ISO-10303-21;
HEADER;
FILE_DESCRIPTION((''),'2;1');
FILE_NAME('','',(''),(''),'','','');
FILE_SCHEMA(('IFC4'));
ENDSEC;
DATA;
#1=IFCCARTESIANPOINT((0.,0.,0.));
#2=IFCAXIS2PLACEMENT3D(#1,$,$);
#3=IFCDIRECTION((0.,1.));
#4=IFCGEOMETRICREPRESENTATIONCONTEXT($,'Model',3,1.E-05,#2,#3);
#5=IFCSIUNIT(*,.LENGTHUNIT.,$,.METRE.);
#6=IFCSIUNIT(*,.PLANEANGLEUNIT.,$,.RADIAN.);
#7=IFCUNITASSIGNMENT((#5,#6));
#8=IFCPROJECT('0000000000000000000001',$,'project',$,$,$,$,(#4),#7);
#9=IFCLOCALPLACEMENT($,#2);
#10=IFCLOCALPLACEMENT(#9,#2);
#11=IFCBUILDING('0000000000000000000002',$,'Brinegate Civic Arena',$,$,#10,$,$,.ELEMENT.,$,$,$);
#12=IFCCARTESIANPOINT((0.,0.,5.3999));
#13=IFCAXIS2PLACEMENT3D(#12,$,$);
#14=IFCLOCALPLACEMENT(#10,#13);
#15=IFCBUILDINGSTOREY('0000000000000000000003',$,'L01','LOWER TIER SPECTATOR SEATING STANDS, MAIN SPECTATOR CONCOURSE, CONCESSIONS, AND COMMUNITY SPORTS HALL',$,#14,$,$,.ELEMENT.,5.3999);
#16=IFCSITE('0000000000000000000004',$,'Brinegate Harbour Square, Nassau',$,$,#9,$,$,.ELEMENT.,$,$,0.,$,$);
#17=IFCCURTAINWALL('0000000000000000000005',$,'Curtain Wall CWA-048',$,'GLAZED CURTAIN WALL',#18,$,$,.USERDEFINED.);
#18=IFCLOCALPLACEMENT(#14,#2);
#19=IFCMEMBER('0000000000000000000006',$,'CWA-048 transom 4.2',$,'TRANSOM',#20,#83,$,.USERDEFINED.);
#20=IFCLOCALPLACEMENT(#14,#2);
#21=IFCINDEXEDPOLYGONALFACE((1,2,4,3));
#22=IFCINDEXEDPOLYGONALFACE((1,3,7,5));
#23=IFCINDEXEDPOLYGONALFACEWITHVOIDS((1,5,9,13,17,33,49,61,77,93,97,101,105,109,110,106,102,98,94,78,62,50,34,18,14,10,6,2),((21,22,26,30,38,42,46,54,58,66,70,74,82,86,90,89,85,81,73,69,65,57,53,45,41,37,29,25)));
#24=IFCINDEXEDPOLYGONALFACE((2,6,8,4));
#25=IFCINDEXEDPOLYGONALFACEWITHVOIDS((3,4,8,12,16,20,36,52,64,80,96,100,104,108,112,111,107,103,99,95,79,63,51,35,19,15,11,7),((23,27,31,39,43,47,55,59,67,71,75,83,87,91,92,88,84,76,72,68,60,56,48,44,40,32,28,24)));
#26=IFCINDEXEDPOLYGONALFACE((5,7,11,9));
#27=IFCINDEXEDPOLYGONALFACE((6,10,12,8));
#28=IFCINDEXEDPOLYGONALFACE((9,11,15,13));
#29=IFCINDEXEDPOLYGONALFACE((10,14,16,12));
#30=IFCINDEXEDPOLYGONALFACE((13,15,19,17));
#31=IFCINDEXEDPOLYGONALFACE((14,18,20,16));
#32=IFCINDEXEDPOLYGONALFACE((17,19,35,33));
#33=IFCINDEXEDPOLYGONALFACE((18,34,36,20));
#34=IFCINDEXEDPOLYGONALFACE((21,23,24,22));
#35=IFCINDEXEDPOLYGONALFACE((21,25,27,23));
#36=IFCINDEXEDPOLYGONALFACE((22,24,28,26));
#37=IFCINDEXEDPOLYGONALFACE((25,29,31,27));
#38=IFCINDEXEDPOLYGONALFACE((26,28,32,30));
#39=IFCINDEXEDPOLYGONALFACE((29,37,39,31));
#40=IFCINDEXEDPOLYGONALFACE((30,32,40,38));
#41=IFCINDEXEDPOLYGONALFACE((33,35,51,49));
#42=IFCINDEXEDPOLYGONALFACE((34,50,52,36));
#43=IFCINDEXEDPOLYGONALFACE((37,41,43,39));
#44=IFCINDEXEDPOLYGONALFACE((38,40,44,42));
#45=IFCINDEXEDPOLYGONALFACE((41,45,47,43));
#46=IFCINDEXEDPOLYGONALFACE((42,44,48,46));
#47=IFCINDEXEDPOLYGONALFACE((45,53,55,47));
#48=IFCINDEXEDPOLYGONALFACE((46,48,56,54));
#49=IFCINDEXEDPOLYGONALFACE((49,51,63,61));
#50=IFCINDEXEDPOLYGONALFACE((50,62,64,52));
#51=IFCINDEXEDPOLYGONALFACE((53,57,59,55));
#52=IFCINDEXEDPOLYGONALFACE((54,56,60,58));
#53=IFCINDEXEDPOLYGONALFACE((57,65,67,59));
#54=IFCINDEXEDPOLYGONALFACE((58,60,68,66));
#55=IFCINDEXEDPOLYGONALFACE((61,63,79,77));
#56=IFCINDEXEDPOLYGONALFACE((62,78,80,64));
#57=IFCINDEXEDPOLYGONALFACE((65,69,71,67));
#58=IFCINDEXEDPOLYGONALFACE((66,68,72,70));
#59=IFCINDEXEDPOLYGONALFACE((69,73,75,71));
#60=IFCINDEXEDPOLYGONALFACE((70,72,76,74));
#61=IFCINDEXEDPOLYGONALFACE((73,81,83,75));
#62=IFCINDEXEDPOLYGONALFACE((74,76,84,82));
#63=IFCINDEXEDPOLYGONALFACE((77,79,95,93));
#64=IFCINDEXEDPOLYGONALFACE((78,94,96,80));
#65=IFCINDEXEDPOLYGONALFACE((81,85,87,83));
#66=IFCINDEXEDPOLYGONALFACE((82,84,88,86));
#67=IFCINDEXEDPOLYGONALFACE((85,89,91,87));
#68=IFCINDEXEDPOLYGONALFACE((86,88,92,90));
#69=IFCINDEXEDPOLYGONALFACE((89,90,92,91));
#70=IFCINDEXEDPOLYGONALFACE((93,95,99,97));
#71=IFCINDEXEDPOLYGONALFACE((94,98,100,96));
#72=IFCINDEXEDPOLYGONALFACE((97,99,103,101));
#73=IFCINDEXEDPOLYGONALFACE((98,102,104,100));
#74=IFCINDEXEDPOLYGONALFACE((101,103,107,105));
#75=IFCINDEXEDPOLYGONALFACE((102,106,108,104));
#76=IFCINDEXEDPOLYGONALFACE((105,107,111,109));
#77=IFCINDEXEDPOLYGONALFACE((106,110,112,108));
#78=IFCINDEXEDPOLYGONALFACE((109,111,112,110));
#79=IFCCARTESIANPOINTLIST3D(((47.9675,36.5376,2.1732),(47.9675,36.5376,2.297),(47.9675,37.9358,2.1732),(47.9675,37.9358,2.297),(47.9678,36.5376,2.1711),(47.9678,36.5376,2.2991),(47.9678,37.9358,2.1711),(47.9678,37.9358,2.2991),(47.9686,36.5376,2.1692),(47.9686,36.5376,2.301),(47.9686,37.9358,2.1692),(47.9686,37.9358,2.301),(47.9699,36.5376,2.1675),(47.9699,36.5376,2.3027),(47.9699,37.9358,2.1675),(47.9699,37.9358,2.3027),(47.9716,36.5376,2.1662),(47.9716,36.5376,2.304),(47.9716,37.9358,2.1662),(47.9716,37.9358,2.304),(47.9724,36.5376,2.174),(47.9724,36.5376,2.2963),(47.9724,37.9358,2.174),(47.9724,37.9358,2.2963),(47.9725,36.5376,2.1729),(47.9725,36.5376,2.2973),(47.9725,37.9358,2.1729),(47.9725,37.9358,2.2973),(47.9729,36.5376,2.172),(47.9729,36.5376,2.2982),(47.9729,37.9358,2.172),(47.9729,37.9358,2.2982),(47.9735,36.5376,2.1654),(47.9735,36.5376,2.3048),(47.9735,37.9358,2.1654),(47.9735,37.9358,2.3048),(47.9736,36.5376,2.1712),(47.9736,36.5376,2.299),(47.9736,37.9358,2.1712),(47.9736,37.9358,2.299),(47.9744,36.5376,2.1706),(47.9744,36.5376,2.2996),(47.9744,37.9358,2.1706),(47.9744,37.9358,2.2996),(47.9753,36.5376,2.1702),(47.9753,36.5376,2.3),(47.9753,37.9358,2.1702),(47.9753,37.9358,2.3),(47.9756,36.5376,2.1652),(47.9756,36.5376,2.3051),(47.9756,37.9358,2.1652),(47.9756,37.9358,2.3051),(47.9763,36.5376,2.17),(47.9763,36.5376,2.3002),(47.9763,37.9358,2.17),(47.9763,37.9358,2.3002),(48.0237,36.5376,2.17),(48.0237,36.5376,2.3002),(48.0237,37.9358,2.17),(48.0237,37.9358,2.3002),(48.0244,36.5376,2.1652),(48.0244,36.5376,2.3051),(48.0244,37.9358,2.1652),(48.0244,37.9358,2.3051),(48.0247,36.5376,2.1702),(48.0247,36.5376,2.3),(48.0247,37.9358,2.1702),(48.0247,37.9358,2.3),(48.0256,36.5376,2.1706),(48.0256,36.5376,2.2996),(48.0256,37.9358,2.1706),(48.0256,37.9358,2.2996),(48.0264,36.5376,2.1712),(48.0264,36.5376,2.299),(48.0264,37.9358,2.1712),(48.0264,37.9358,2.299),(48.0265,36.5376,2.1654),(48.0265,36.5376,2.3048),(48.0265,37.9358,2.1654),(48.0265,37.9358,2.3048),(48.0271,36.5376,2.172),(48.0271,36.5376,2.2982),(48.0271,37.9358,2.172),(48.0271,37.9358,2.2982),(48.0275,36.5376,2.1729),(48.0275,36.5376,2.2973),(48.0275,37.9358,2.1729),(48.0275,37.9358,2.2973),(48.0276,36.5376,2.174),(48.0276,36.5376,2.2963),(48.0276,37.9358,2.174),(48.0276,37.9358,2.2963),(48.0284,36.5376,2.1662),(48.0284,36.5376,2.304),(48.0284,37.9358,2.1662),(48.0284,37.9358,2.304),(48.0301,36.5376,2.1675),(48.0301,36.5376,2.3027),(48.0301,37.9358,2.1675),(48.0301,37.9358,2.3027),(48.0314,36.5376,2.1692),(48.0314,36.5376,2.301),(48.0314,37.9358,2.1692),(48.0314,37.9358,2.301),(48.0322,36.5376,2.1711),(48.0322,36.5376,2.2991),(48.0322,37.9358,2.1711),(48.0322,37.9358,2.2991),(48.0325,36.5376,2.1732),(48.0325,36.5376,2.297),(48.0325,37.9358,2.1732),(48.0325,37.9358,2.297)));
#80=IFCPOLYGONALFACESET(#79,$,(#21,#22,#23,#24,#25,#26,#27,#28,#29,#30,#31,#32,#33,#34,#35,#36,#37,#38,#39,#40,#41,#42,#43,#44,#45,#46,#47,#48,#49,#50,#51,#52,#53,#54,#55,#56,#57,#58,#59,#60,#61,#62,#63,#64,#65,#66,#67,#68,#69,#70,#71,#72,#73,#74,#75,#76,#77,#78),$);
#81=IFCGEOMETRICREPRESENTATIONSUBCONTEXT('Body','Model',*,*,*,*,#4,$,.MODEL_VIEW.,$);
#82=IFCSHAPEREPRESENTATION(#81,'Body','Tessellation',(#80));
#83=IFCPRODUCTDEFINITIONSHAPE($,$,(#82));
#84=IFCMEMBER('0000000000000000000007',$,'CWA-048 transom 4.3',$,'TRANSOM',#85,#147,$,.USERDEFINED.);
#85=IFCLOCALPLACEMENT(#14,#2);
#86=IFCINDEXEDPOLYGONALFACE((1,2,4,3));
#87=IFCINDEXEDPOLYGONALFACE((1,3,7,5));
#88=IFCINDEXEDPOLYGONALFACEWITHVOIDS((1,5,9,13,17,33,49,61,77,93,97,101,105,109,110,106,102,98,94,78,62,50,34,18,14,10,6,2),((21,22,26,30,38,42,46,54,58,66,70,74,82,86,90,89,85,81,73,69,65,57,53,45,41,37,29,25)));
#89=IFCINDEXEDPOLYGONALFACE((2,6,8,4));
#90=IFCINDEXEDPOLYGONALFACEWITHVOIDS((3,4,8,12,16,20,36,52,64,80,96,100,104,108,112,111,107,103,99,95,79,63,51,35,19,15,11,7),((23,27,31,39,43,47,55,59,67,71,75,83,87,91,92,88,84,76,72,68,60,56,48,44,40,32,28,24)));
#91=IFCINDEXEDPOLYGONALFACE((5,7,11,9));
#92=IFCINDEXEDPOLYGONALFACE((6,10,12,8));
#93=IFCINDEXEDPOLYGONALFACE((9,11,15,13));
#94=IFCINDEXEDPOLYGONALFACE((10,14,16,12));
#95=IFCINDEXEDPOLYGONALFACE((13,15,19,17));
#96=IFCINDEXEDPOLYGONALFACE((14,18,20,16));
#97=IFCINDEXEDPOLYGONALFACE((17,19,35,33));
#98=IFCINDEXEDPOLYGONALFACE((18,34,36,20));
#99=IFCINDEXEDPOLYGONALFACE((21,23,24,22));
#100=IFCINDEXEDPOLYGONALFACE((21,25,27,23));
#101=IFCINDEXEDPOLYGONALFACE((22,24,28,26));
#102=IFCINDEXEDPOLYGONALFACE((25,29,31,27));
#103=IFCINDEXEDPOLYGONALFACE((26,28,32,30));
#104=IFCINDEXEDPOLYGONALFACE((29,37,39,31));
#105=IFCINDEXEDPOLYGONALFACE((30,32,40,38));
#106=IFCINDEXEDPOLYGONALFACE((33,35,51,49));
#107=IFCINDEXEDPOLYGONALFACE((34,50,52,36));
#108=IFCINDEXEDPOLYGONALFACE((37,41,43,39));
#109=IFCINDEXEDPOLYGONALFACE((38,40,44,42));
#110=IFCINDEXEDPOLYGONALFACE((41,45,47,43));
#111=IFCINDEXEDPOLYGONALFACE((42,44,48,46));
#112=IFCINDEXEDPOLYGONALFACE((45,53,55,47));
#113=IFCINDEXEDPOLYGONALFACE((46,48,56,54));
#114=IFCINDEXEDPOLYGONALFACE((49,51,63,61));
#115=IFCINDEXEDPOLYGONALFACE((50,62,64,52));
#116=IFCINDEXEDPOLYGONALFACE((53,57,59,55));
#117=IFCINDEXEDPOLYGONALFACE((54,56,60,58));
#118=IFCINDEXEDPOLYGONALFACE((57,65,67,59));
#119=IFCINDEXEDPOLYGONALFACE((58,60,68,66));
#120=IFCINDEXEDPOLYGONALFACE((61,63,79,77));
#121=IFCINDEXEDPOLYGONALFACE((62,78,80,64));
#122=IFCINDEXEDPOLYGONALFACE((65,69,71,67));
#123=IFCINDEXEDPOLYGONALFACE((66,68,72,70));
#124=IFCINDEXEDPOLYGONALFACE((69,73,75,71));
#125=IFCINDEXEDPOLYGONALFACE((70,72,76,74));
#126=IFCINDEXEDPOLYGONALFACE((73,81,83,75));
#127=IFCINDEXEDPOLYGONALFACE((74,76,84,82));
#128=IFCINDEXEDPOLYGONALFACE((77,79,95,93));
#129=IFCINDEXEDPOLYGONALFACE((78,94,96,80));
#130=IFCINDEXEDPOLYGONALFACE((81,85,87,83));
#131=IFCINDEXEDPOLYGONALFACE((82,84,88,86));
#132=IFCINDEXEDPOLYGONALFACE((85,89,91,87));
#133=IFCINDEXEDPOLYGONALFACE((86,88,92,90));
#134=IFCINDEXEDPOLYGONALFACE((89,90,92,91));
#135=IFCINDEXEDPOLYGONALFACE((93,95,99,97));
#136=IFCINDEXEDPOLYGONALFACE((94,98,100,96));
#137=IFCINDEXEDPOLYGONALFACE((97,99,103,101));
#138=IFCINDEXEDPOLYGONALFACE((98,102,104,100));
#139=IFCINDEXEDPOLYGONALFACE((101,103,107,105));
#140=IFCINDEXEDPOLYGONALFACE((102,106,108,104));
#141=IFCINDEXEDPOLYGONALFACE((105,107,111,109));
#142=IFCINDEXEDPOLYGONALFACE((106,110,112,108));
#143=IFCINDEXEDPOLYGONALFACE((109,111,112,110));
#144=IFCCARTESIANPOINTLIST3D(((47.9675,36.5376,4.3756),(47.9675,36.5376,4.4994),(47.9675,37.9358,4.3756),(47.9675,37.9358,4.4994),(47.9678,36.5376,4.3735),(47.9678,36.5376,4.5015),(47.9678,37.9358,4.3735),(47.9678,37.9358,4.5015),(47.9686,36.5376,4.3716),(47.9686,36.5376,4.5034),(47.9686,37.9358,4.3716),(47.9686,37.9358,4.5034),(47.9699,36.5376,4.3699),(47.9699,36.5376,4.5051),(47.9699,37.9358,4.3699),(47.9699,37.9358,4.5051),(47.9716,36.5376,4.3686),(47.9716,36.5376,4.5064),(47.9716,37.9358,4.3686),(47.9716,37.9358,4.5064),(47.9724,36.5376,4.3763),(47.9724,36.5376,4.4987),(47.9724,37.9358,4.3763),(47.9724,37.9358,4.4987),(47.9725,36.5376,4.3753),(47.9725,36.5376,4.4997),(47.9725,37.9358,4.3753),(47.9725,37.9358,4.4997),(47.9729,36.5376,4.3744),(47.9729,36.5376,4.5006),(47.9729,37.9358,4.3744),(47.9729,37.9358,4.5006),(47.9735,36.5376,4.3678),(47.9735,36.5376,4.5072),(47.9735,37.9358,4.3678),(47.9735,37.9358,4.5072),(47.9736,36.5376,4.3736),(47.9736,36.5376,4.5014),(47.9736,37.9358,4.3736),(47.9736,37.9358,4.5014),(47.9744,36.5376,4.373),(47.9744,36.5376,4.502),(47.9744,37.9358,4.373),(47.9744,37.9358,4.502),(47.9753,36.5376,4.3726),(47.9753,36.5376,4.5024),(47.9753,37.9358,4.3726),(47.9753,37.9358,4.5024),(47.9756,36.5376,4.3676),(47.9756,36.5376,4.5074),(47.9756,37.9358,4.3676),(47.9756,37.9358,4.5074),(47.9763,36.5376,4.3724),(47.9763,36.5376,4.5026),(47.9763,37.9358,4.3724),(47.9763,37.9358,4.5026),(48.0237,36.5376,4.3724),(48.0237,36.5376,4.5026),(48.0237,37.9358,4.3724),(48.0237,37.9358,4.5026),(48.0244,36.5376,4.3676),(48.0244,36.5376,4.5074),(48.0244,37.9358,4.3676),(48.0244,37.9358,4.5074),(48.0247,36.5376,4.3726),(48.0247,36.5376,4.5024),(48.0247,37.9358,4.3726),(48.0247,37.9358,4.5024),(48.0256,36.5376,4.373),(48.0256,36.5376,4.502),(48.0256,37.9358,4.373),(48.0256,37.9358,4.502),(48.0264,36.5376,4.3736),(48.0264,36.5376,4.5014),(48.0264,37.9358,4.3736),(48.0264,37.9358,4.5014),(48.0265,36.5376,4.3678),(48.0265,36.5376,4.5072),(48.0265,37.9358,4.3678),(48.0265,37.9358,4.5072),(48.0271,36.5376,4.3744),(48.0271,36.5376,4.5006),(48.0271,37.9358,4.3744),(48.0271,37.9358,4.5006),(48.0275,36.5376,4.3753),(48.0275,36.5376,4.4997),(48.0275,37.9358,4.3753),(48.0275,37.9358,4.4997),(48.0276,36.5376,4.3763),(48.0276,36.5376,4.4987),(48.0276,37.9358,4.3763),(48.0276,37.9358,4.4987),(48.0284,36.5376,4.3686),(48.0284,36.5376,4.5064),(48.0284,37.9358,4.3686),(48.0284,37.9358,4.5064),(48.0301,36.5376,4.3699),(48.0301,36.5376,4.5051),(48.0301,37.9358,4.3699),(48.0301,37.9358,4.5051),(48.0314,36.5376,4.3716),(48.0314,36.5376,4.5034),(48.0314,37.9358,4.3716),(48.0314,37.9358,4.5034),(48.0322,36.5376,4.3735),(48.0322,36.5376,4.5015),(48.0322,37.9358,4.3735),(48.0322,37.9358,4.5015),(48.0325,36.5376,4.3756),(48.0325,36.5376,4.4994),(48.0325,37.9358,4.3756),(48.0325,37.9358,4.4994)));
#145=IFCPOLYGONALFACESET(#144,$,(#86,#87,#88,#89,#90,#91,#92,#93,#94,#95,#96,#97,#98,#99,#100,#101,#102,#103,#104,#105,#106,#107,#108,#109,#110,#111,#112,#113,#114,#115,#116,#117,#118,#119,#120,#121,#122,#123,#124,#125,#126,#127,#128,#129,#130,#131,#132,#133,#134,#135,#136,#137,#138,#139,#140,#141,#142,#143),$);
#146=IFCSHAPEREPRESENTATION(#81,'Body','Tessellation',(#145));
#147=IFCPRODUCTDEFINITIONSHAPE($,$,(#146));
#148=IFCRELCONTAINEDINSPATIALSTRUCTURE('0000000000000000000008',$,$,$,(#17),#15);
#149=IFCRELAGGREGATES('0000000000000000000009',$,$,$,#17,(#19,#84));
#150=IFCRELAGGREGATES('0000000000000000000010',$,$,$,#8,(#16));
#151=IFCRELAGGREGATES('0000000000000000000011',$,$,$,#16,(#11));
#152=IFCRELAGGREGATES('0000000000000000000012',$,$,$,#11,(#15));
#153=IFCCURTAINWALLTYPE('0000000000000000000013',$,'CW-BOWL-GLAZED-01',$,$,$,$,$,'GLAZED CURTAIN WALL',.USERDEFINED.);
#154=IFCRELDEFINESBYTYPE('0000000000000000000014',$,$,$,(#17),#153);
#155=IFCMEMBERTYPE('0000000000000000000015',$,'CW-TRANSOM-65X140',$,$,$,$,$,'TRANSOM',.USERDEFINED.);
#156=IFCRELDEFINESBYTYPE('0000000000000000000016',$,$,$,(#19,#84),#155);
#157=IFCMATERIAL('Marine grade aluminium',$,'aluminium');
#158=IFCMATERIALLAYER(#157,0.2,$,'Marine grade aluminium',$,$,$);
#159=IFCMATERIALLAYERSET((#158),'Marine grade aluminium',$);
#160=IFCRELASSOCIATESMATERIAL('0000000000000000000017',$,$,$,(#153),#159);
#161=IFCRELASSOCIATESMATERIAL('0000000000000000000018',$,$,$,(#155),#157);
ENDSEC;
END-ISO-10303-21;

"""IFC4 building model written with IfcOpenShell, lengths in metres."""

from ifc_helpers import new_model, si_unit, direction, frame, origin, origin_2d, place, context, subcontext, project, spatial, hollow_rectangle, extrude, material, layer, layer_set, material_profile, profile_set, type_object, element, aggregate, save


model = new_model("IFC4")

# Units and contexts
model_context = context("Model", 3, precision=1e-05, world=origin(), true_north=direction((0.0, 1.0)))
body_context = subcontext(model_context, "Body", "Model", "MODEL_VIEW")
ifc_project = project(units=[si_unit("LENGTHUNIT", "METRE"), si_unit("PLANEANGLEUNIT", "RADIAN")], contexts=[model_context])

# Site, building, storey
site_placement = place(None, origin())
site = spatial("IfcSite", under=ifc_project, at=site_placement, Name="Brinegate Harbour Square, Nassau", CompositionType="ELEMENT", RefElevation=0.0)
building_placement = place(site_placement, origin())
building = spatial("IfcBuilding", under=site, at=building_placement, Name="Brinegate Civic Arena", CompositionType="ELEMENT")
storey_placement = place(building_placement, frame((0.0, 0.0, 5.3999)))
storey = spatial("IfcBuildingStorey", under=building, at=storey_placement, Name="L01", Description="LOWER TIER SPECTATOR SEATING STANDS, MAIN SPECTATOR CONCOURSE, CONCESSIONS, AND COMMUNITY SPORTS HALL", CompositionType="ELEMENT", Elevation=5.3999)

# Curtain wall, members
ifc_material_1 = material(Name="Marine grade aluminium", Category="aluminium")
ifc_layer_1 = layer(ifc_material_1, 0.2, Name="Marine grade aluminium")
ifc_layer_set_1 = layer_set([ifc_layer_1], Name="Marine grade aluminium")
curtain_wall_type = type_object("IfcCurtainWallType", Name="CW-BOWL-GLAZED-01", ElementType="GLAZED CURTAIN WALL", PredefinedType="USERDEFINED", material=ifc_layer_set_1)
curtain_wall_placement = place(storey_placement, origin())
curtain_wall = element("IfcCurtainWall", 1, at=curtain_wall_placement, inside=storey, type_object=curtain_wall_type, Name="Curtain Wall CWA-048", ObjectType="GLAZED CURTAIN WALL", PredefinedType="USERDEFINED")
ifc_material_profile_1 = material_profile(ifc_material_1, hollow_rectangle(XDim=0.0649, YDim=0.1399, WallThickness=0.0049, InnerFilletRadius=0.0039, OuterFilletRadius=0.0081, at=origin_2d()), Name="TRN65X140")
ifc_profile_set_1 = profile_set([ifc_material_profile_1], Name="Marine grade aluminium")
member_type_1 = type_object("IfcMemberType", Name="CW-TRANSOM-65X140", ElementType="TRANSOM", PredefinedType="USERDEFINED", material=ifc_profile_set_1)
member_1_placement = place(storey_placement, frame((48.0, 36.5376, 2.2351), z_axis=(0.0, 1.0, 0.0), x_axis=(-1.0, 0.0, 0.0)))
member_1 = element("IfcMember", 2, at=member_1_placement, type_object=member_type_1, Name="CWA-048 transom 4.2", ObjectType="TRANSOM", PredefinedType="USERDEFINED", context=body_context, shape_type="SweptSolid", body=[
    extrude(hollow_rectangle(XDim=0.0649, YDim=0.1399, WallThickness=0.0049, InnerFilletRadius=0.0039, OuterFilletRadius=0.0081, at=origin_2d()), origin(), (0.0, 0.0, 1.0), 1.3982),
])
member_2_placement = place(storey_placement, frame((48.0, 36.5376, 4.4375), z_axis=(0.0, 1.0, 0.0), x_axis=(-1.0, 0.0, 0.0)))
member_2 = element("IfcMember", 3, at=member_2_placement, type_object=member_type_1, Name="CWA-048 transom 4.3", ObjectType="TRANSOM", PredefinedType="USERDEFINED", context=body_context, shape_type="SweptSolid", body=[
    extrude(hollow_rectangle(XDim=0.0649, YDim=0.1399, WallThickness=0.0049, InnerFilletRadius=0.0039, OuterFilletRadius=0.0081, at=origin_2d()), origin(), (0.0, 0.0, 1.0), 1.3982),
])
aggregate(curtain_wall, [member_1, member_2])

save(model, "model.ifc")
